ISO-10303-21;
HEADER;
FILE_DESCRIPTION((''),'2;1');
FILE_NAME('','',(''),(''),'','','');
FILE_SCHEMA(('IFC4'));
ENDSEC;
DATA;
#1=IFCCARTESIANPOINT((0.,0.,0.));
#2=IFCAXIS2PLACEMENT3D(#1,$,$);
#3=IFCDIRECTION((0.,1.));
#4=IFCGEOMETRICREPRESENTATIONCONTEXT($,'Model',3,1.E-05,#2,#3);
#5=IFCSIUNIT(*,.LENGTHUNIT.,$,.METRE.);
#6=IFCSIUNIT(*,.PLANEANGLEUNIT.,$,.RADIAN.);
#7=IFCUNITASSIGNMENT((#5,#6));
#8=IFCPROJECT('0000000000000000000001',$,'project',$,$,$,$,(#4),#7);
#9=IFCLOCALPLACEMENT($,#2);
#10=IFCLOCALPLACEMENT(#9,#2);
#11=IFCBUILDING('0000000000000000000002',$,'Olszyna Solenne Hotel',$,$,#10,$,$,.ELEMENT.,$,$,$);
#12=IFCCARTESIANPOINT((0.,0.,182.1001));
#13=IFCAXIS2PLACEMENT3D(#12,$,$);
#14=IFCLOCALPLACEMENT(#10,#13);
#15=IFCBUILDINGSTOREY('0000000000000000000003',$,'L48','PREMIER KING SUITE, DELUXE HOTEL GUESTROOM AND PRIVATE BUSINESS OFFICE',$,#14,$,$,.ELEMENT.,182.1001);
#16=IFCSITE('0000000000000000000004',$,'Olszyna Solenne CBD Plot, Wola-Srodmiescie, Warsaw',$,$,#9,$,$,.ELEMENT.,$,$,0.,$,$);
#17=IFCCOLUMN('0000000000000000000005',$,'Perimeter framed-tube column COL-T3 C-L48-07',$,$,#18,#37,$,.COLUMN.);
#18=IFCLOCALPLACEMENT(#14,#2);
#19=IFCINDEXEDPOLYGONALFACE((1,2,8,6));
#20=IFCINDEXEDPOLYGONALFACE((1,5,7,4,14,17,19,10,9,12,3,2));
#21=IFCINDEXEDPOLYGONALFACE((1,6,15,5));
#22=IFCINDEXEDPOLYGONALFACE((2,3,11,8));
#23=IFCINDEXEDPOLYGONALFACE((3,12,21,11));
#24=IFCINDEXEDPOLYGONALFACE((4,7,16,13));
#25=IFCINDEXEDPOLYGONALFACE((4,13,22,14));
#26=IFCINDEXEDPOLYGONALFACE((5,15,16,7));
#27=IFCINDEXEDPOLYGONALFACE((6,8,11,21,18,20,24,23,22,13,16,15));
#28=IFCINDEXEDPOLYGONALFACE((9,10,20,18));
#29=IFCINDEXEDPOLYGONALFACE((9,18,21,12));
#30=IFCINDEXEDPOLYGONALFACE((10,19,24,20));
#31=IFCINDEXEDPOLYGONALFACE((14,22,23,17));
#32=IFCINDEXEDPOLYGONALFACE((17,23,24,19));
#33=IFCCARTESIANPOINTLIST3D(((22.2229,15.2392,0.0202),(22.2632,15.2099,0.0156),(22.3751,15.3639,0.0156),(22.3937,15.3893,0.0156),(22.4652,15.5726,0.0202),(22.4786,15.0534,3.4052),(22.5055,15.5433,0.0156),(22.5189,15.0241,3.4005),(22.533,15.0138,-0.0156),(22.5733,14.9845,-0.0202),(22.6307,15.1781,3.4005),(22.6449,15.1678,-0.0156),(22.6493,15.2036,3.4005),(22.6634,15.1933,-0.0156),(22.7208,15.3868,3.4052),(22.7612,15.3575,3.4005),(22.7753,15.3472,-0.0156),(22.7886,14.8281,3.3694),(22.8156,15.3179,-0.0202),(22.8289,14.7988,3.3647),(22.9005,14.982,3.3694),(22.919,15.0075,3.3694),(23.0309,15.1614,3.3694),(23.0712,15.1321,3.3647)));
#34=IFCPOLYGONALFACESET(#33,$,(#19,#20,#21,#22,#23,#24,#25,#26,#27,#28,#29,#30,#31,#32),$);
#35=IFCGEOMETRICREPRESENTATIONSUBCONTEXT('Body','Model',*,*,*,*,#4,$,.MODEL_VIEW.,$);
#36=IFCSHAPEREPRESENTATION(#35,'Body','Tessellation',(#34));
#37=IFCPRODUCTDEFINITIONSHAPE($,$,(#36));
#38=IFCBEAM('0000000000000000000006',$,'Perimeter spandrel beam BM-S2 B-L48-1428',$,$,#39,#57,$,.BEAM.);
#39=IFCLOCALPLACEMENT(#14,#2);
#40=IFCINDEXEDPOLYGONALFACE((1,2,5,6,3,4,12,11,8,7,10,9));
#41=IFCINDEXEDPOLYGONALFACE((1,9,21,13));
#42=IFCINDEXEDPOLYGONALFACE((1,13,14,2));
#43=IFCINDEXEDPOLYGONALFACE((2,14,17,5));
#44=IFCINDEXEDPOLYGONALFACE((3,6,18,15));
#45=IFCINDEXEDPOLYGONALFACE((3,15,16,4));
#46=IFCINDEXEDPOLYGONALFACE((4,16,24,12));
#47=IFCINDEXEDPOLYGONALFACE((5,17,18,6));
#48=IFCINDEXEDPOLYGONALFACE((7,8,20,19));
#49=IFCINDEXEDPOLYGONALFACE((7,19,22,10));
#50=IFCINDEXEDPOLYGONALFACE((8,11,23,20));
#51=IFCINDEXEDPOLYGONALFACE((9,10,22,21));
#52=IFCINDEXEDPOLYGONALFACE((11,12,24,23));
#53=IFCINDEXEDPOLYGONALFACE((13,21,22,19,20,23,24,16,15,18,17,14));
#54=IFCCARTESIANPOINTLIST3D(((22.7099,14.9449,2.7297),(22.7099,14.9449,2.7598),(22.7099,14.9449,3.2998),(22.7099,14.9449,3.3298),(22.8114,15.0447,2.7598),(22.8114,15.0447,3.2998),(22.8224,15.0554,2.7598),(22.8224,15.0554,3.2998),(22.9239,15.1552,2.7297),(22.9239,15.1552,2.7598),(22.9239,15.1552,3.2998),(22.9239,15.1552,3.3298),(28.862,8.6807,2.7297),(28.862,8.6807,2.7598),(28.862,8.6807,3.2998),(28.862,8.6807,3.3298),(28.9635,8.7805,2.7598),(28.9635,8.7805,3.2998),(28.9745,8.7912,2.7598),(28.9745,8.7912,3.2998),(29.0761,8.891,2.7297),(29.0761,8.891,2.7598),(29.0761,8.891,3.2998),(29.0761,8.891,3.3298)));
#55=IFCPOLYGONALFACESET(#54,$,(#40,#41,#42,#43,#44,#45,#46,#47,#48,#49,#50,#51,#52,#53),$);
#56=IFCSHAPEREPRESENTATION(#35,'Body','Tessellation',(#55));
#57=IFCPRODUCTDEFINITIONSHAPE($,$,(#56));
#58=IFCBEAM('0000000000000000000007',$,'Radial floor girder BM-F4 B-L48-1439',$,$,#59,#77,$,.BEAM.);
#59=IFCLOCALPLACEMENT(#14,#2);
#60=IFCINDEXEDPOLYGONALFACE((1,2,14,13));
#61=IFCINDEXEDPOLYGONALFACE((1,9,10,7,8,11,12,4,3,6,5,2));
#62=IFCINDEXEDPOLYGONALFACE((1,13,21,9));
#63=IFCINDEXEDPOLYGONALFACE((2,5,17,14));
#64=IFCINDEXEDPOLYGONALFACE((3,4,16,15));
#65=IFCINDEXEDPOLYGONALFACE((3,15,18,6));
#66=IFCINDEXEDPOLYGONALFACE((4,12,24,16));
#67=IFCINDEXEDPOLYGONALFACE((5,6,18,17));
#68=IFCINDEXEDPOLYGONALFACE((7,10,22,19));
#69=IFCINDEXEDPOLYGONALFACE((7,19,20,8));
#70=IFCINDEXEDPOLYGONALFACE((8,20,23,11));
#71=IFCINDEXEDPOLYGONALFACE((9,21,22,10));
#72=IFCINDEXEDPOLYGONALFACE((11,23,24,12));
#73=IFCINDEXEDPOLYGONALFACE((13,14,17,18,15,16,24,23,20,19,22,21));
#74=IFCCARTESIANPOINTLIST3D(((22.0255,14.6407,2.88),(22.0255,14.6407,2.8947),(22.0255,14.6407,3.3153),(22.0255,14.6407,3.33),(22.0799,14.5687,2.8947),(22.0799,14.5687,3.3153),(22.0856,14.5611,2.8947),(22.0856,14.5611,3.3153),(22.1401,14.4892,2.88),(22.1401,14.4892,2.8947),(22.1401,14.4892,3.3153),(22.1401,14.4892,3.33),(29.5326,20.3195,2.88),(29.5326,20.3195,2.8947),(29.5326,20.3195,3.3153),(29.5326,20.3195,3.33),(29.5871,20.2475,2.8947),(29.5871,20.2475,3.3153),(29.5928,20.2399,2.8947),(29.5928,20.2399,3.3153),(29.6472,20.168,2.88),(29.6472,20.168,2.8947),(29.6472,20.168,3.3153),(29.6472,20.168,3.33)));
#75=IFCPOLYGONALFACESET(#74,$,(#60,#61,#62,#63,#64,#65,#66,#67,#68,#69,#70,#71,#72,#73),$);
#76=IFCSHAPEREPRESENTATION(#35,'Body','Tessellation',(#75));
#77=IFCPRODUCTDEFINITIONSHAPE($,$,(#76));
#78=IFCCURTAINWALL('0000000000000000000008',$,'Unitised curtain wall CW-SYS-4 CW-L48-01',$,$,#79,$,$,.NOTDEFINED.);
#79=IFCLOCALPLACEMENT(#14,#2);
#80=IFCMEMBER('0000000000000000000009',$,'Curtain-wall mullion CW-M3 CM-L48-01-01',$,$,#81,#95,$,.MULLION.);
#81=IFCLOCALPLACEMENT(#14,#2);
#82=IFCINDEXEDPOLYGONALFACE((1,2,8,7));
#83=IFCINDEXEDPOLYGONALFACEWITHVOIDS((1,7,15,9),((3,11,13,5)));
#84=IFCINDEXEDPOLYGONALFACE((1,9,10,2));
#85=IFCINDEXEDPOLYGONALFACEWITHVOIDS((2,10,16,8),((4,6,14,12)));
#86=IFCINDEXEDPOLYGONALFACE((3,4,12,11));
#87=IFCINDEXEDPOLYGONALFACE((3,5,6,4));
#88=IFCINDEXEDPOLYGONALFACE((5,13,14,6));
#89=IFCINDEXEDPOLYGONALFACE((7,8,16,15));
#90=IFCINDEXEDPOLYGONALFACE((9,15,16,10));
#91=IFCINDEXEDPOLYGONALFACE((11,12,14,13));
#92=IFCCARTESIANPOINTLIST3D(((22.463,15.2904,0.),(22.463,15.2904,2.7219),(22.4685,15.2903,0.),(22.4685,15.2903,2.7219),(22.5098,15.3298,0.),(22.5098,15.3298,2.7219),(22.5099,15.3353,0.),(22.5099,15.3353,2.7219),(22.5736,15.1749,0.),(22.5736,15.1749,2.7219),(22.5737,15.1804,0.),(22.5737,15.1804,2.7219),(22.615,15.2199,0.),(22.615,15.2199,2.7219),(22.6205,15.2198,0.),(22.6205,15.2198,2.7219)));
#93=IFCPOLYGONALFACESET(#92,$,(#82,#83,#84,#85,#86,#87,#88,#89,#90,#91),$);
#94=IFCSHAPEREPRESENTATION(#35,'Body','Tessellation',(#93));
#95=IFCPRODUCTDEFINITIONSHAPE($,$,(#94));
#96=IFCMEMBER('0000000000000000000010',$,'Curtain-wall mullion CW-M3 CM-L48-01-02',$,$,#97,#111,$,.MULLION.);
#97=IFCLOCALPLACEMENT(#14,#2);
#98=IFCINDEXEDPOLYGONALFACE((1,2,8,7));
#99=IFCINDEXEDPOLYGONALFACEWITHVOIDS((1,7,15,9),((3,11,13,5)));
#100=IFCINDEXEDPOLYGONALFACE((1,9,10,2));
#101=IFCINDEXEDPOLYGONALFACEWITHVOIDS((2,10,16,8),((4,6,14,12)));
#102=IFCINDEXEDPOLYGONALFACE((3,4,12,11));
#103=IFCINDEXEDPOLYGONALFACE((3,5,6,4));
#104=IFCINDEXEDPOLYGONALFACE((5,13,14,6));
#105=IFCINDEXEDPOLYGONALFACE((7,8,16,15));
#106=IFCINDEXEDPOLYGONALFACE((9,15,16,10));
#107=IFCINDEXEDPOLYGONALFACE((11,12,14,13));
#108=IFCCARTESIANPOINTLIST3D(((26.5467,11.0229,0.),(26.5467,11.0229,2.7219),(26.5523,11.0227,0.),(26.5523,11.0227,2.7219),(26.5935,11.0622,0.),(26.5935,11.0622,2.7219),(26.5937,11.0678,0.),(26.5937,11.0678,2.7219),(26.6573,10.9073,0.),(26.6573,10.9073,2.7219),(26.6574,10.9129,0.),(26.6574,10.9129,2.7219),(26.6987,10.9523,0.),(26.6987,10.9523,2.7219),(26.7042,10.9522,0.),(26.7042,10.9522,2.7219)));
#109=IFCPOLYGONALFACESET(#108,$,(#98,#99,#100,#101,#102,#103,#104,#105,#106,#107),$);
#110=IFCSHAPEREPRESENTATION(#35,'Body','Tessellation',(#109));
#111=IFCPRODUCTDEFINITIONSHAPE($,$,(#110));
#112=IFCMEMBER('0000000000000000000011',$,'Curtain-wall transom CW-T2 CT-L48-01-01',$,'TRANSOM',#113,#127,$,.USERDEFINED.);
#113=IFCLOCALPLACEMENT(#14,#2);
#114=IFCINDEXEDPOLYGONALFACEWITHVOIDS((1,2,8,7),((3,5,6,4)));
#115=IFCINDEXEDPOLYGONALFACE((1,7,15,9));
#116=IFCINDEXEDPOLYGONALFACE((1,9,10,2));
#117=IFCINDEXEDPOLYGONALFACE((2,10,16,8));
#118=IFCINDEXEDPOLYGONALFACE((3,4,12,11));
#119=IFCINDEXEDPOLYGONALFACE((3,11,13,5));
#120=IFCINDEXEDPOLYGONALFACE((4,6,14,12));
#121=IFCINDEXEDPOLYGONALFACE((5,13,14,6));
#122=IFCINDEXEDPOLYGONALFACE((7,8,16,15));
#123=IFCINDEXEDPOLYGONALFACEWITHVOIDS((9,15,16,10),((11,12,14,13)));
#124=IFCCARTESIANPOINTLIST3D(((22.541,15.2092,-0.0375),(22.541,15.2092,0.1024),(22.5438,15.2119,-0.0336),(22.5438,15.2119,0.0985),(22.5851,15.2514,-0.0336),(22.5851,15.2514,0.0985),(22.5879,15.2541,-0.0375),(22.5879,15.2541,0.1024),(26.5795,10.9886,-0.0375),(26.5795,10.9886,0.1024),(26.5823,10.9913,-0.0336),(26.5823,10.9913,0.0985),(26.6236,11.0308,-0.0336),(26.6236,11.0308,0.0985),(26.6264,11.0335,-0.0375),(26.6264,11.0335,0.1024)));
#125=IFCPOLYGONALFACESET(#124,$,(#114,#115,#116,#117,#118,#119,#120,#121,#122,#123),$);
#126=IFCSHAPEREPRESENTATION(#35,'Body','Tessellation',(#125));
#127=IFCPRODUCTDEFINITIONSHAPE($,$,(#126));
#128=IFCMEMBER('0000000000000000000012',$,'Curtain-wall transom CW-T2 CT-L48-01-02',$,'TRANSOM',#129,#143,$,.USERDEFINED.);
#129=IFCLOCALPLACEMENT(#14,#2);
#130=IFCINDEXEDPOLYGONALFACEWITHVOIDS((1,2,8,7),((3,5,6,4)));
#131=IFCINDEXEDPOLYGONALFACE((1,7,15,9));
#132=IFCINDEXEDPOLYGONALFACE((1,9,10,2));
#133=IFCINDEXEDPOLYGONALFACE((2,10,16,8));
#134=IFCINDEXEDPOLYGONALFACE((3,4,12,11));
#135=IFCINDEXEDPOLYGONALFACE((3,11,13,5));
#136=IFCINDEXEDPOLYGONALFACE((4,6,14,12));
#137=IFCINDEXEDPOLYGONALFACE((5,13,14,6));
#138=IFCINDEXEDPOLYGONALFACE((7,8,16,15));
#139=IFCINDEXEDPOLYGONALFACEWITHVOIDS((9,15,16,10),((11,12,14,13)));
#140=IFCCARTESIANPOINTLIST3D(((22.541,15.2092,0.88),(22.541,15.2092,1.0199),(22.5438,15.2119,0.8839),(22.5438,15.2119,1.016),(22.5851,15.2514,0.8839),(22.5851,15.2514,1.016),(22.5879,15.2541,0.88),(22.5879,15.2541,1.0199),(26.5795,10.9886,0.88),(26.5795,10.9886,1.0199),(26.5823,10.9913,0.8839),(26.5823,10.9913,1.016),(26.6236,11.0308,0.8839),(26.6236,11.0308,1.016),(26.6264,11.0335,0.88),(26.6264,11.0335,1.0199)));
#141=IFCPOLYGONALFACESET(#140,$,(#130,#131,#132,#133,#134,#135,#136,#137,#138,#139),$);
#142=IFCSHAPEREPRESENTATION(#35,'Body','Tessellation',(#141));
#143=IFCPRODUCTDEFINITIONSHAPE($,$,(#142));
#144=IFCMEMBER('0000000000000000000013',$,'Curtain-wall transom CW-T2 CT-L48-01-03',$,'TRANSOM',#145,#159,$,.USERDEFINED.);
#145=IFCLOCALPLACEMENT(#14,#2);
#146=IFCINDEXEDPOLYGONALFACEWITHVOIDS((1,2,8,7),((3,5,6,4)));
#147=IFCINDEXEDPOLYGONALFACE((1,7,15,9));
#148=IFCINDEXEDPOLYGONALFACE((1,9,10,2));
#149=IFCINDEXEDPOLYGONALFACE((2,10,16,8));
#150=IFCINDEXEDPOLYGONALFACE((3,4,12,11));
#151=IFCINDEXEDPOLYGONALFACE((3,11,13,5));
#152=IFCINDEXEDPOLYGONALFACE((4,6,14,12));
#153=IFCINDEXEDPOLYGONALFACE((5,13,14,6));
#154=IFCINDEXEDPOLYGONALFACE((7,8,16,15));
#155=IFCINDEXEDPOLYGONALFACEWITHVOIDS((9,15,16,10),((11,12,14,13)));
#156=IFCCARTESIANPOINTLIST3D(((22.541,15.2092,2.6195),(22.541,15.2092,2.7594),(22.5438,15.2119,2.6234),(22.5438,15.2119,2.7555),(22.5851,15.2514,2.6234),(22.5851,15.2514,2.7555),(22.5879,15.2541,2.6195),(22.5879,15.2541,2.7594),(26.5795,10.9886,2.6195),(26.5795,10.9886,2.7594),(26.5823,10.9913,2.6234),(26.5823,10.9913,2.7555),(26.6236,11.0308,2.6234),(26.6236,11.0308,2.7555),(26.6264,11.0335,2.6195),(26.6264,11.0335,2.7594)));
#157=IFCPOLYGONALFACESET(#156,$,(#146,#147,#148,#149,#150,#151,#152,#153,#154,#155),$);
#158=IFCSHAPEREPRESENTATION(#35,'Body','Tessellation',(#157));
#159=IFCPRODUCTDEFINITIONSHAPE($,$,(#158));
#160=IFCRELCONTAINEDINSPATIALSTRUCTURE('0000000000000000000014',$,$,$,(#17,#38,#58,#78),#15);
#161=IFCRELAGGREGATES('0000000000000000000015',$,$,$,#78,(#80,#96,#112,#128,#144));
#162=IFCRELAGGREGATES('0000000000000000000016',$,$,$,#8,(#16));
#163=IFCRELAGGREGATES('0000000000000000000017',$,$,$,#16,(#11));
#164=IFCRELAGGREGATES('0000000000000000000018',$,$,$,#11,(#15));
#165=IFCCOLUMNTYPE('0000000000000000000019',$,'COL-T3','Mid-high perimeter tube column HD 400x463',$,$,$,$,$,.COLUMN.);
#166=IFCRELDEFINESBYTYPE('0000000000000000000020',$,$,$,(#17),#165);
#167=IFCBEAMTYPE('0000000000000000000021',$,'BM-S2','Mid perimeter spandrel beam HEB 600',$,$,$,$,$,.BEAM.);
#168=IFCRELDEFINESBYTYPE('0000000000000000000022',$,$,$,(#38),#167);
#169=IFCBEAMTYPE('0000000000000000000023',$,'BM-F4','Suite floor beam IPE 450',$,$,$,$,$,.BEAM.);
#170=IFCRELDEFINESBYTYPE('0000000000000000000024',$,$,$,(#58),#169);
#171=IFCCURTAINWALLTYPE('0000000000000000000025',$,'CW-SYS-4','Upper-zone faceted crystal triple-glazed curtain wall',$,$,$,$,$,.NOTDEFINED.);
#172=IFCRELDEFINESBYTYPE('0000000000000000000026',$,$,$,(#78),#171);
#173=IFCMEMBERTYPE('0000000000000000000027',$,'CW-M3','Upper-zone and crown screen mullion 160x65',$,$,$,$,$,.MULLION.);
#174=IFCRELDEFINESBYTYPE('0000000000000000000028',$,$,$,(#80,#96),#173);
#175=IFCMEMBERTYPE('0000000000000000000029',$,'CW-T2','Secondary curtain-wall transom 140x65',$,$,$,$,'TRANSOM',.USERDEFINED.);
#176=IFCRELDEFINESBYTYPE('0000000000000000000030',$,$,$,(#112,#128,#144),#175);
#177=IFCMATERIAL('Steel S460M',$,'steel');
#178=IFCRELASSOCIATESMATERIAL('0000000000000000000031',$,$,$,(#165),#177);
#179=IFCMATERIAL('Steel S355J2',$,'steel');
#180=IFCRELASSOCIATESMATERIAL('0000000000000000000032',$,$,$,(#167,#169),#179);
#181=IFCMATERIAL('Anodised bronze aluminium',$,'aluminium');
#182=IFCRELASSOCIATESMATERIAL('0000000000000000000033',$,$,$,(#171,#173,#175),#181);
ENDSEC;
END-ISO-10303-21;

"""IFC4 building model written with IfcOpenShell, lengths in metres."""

from ifc_helpers import new_model, si_unit, direction, frame, origin, origin_2d, place, context, subcontext, project, spatial, hollow_rectangle, i_section, extrude, source, transform, mapped, material, material_profile, profile_set, type_object, element, aggregate, save


model = new_model("IFC4")

# Units and contexts
model_context = context("Model", 3, precision=1e-05, world=origin(), true_north=direction((0.0, 1.0)))
body_context = subcontext(model_context, "Body", "Model", "MODEL_VIEW")
ifc_project = project(units=[si_unit("LENGTHUNIT", "METRE"), si_unit("PLANEANGLEUNIT", "RADIAN")], contexts=[model_context])

# Site, building, storey
site_placement = place(None, origin())
site = spatial("IfcSite", under=ifc_project, at=site_placement, Name="Olszyna Solenne CBD Plot, Wola-Srodmiescie, Warsaw", CompositionType="ELEMENT", RefElevation=0.0)
building_placement = place(site_placement, origin())
building = spatial("IfcBuilding", under=site, at=building_placement, Name="Olszyna Solenne Hotel", CompositionType="ELEMENT")
storey_placement = place(building_placement, frame((0.0, 0.0, 182.1001)))
storey = spatial("IfcBuildingStorey", under=building, at=storey_placement, Name="L48", Description="PREMIER KING SUITE, DELUXE HOTEL GUESTROOM AND PRIVATE BUSINESS OFFICE", CompositionType="ELEMENT", Elevation=182.1001)

# Column
ifc_material_1 = material(Name="Steel S460M", Category="steel")
ifc_material_profile_1 = material_profile(ifc_material_1, i_section(OverallWidth=0.4121, OverallDepth=0.4351, WebThickness=0.0315, FlangeThickness=0.05, at=origin_2d()), Name="HD 400x463", Category="load-bearing")
ifc_profile_set_1 = profile_set([ifc_material_profile_1], Name="Steel S460M")
column_type = type_object("IfcColumnType", Name="COL-T3", Description="Mid-high perimeter tube column HD 400x463", PredefinedType="COLUMN", material=ifc_profile_set_1)
shared_shape_1 = source(origin(), body_context, "Body", "SweptSolid", [
    extrude(i_section(OverallWidth=0.4121, OverallDepth=0.4351, WebThickness=0.0315, FlangeThickness=0.05, at=origin_2d()), origin(), (0.0, 0.0, 1.0), 3.3997),
])
column_placement = place(storey_placement, frame((22.5193, 15.2786, 0.0), z_axis=(0.075187, -0.054649, 0.995671), x_axis=(0.587942, 0.808903, 0.0)))
element("IfcColumn", 1, at=column_placement, inside=storey, type_object=column_type, Name="Perimeter framed-tube column COL-T3 C-L48-07", PredefinedType="COLUMN", context=body_context, shape_type="MappedRepresentation", body=[
    mapped(shared_shape_1, transform((0.0, 0.0, 0.0), x_axis=(1.0, 0.0, 0.0), y_axis=(0.0, 1.0, 0.0), z_axis=(0.0, 0.0, 1.0), scale=1.0)),
])

# Beams
ifc_material_2 = material(Name="Steel S355J2", Category="steel")
ifc_material_profile_2 = material_profile(ifc_material_2, i_section(OverallWidth=0.3, OverallDepth=0.6001, WebThickness=0.0154, FlangeThickness=0.03, at=origin_2d()), Name="HEB 600", Category="load-bearing")
ifc_profile_set_2 = profile_set([ifc_material_profile_2], Name="Steel S355J2")
beam_type_1 = type_object("IfcBeamType", Name="BM-S2", Description="Mid perimeter spandrel beam HEB 600", PredefinedType="BEAM", material=ifc_profile_set_2)
shared_shape_2 = source(origin(), body_context, "Body", "SweptSolid", [
    extrude(i_section(OverallWidth=0.3, OverallDepth=0.6001, WebThickness=0.0154, FlangeThickness=0.03, at=origin_2d()), origin(), (0.0, 0.0, 1.0), 8.78),
])
beam_1_placement = place(storey_placement, frame((22.8169, 15.05, 3.0298), z_axis=(0.700696, -0.71346, 0.0), x_axis=(0.71346, 0.700696, 0.0)))
element("IfcBeam", 2, at=beam_1_placement, inside=storey, type_object=beam_type_1, Name="Perimeter spandrel beam BM-S2 B-L48-1428", PredefinedType="BEAM", context=body_context, shape_type="MappedRepresentation", body=[
    mapped(shared_shape_2, transform((0.0, 0.0, 0.0), x_axis=(1.0, 0.0, 0.0), y_axis=(0.0, 1.0, 0.0), z_axis=(0.0, 0.0, 1.0), scale=1.0)),
])
ifc_material_profile_3 = material_profile(ifc_material_2, i_section(OverallWidth=0.1899, OverallDepth=0.45, WebThickness=0.0095, FlangeThickness=0.0146, at=origin_2d()), Name="IPE 450", Category="load-bearing")
ifc_profile_set_3 = profile_set([ifc_material_profile_3], Name="Steel S355J2")
beam_type_2 = type_object("IfcBeamType", Name="BM-F4", Description="Suite floor beam IPE 450", PredefinedType="BEAM", material=ifc_profile_set_3)
shared_shape_3 = source(origin(), body_context, "Body", "SweptSolid", [
    extrude(i_section(OverallWidth=0.1899, OverallDepth=0.45, WebThickness=0.0095, FlangeThickness=0.0146, at=origin_2d()), origin(), (0.0, 0.0, 1.0), 9.4131),
])
beam_2_placement = place(storey_placement, frame((22.0828, 14.5649, 3.105), z_axis=(0.797525, 0.603286, 0.0), x_axis=(-0.603286, 0.797525, 0.0)))
element("IfcBeam", 3, at=beam_2_placement, inside=storey, type_object=beam_type_2, Name="Radial floor girder BM-F4 B-L48-1439", PredefinedType="BEAM", context=body_context, shape_type="MappedRepresentation", body=[
    mapped(shared_shape_3, transform((0.0, 0.0, 0.0), x_axis=(1.0, 0.0, 0.0), y_axis=(0.0, 1.0, 0.0), z_axis=(0.0, 0.0, 1.0), scale=1.0)),
])

# Curtain wall, members
ifc_material_3 = material(Name="Anodised bronze aluminium", Category="aluminium")
curtain_wall_type = type_object("IfcCurtainWallType", Name="CW-SYS-4", Description="Upper-zone faceted crystal triple-glazed curtain wall", PredefinedType="NOTDEFINED", material=ifc_material_3)
curtain_wall_placement = place(storey_placement, origin())
curtain_wall = element("IfcCurtainWall", 4, at=curtain_wall_placement, inside=storey, type_object=curtain_wall_type, Name="Unitised curtain wall CW-SYS-4 CW-L48-01", PredefinedType="NOTDEFINED")
ifc_material_profile_4 = material_profile(ifc_material_3, hollow_rectangle(XDim=0.0649, YDim=0.1599, WallThickness=0.0039, at=origin_2d()), Name="MULL 160x65x4", Category="load-bearing")
ifc_profile_set_4 = profile_set([ifc_material_profile_4], Name="Anodised bronze aluminium")
member_type_1 = type_object("IfcMemberType", Name="CW-M3", Description="Upper-zone and crown screen mullion 160x65", PredefinedType="MULLION", material=ifc_profile_set_4)
shared_shape_4 = source(origin(), body_context, "Body", "SweptSolid", [
    extrude(hollow_rectangle(XDim=0.0649, YDim=0.1599, WallThickness=0.0039, at=origin_2d()), origin(), (0.0, 0.0, 1.0), 2.7219),
])
member_1_placement = place(storey_placement, frame((22.5417, 15.2551, 0.0), z_axis=(0.0, 0.0, 1.0), x_axis=(0.722518, 0.691352, 0.0)))
member_1 = element("IfcMember", 5, at=member_1_placement, type_object=member_type_1, Name="Curtain-wall mullion CW-M3 CM-L48-01-01", PredefinedType="MULLION", context=body_context, shape_type="MappedRepresentation", body=[
    mapped(shared_shape_4, transform((0.0, 0.0, 0.0), x_axis=(1.0, 0.0, 0.0), y_axis=(0.0, 1.0, 0.0), z_axis=(0.0, 0.0, 1.0), scale=1.0)),
])
member_2_placement = place(storey_placement, frame((26.6255, 10.9875, 0.0), z_axis=(0.0, 0.0, 1.0), x_axis=(0.722518, 0.691352, 0.0)))
member_2 = element("IfcMember", 6, at=member_2_placement, type_object=member_type_1, Name="Curtain-wall mullion CW-M3 CM-L48-01-02", PredefinedType="MULLION", context=body_context, shape_type="MappedRepresentation", body=[
    mapped(shared_shape_4, transform((0.0, 0.0, 0.0), x_axis=(1.0, 0.0, 0.0), y_axis=(0.0, 1.0, 0.0), z_axis=(0.0, 0.0, 1.0), scale=1.0)),
])
ifc_material_profile_5 = material_profile(ifc_material_3, hollow_rectangle(XDim=0.0649, YDim=0.1399, WallThickness=0.0039, at=origin_2d()), Name="TRAN 140x65x4", Category="load-bearing")
ifc_profile_set_5 = profile_set([ifc_material_profile_5], Name="Anodised bronze aluminium")
member_type_2 = type_object("IfcMemberType", Name="CW-T2", Description="Secondary curtain-wall transom 140x65", ElementType="TRANSOM", PredefinedType="USERDEFINED", material=ifc_profile_set_5)
shared_shape_5 = source(origin(), body_context, "Body", "SweptSolid", [
    extrude(hollow_rectangle(XDim=0.0649, YDim=0.1399, WallThickness=0.0039, at=origin_2d()), origin(), (0.0, 0.0, 1.0), 5.8416),
])
member_3_placement = place(storey_placement, frame((22.5645, 15.2317, 0.0325), z_axis=(0.691346, -0.722524, 0.0), x_axis=(0.722524, 0.691346, 0.0)))
member_3 = element("IfcMember", 7, at=member_3_placement, type_object=member_type_2, Name="Curtain-wall transom CW-T2 CT-L48-01-01", ObjectType="TRANSOM", PredefinedType="USERDEFINED", context=body_context, shape_type="MappedRepresentation", body=[
    mapped(shared_shape_5, transform((0.0, 0.0, 0.0), x_axis=(1.0, 0.0, 0.0), y_axis=(0.0, 1.0, 0.0), z_axis=(0.0, 0.0, 1.0), scale=1.0)),
])
member_4_placement = place(storey_placement, frame((22.5645, 15.2317, 0.95), z_axis=(0.691346, -0.722524, 0.0), x_axis=(0.722524, 0.691346, 0.0)))
member_4 = element("IfcMember", 8, at=member_4_placement, type_object=member_type_2, Name="Curtain-wall transom CW-T2 CT-L48-01-02", ObjectType="TRANSOM", PredefinedType="USERDEFINED", context=body_context, shape_type="MappedRepresentation", body=[
    mapped(shared_shape_5, transform((0.0, 0.0, 0.0), x_axis=(1.0, 0.0, 0.0), y_axis=(0.0, 1.0, 0.0), z_axis=(0.0, 0.0, 1.0), scale=1.0)),
])
member_5_placement = place(storey_placement, frame((22.5645, 15.2317, 2.6895), z_axis=(0.691346, -0.722524, 0.0), x_axis=(0.722524, 0.691346, 0.0)))
member_5 = element("IfcMember", 9, at=member_5_placement, type_object=member_type_2, Name="Curtain-wall transom CW-T2 CT-L48-01-03", ObjectType="TRANSOM", PredefinedType="USERDEFINED", context=body_context, shape_type="MappedRepresentation", body=[
    mapped(shared_shape_5, transform((0.0, 0.0, 0.0), x_axis=(1.0, 0.0, 0.0), y_axis=(0.0, 1.0, 0.0), z_axis=(0.0, 0.0, 1.0), scale=1.0)),
])

aggregate(curtain_wall, [member_1, member_2, member_3, member_4, member_5])

save(model, "model.ifc")
